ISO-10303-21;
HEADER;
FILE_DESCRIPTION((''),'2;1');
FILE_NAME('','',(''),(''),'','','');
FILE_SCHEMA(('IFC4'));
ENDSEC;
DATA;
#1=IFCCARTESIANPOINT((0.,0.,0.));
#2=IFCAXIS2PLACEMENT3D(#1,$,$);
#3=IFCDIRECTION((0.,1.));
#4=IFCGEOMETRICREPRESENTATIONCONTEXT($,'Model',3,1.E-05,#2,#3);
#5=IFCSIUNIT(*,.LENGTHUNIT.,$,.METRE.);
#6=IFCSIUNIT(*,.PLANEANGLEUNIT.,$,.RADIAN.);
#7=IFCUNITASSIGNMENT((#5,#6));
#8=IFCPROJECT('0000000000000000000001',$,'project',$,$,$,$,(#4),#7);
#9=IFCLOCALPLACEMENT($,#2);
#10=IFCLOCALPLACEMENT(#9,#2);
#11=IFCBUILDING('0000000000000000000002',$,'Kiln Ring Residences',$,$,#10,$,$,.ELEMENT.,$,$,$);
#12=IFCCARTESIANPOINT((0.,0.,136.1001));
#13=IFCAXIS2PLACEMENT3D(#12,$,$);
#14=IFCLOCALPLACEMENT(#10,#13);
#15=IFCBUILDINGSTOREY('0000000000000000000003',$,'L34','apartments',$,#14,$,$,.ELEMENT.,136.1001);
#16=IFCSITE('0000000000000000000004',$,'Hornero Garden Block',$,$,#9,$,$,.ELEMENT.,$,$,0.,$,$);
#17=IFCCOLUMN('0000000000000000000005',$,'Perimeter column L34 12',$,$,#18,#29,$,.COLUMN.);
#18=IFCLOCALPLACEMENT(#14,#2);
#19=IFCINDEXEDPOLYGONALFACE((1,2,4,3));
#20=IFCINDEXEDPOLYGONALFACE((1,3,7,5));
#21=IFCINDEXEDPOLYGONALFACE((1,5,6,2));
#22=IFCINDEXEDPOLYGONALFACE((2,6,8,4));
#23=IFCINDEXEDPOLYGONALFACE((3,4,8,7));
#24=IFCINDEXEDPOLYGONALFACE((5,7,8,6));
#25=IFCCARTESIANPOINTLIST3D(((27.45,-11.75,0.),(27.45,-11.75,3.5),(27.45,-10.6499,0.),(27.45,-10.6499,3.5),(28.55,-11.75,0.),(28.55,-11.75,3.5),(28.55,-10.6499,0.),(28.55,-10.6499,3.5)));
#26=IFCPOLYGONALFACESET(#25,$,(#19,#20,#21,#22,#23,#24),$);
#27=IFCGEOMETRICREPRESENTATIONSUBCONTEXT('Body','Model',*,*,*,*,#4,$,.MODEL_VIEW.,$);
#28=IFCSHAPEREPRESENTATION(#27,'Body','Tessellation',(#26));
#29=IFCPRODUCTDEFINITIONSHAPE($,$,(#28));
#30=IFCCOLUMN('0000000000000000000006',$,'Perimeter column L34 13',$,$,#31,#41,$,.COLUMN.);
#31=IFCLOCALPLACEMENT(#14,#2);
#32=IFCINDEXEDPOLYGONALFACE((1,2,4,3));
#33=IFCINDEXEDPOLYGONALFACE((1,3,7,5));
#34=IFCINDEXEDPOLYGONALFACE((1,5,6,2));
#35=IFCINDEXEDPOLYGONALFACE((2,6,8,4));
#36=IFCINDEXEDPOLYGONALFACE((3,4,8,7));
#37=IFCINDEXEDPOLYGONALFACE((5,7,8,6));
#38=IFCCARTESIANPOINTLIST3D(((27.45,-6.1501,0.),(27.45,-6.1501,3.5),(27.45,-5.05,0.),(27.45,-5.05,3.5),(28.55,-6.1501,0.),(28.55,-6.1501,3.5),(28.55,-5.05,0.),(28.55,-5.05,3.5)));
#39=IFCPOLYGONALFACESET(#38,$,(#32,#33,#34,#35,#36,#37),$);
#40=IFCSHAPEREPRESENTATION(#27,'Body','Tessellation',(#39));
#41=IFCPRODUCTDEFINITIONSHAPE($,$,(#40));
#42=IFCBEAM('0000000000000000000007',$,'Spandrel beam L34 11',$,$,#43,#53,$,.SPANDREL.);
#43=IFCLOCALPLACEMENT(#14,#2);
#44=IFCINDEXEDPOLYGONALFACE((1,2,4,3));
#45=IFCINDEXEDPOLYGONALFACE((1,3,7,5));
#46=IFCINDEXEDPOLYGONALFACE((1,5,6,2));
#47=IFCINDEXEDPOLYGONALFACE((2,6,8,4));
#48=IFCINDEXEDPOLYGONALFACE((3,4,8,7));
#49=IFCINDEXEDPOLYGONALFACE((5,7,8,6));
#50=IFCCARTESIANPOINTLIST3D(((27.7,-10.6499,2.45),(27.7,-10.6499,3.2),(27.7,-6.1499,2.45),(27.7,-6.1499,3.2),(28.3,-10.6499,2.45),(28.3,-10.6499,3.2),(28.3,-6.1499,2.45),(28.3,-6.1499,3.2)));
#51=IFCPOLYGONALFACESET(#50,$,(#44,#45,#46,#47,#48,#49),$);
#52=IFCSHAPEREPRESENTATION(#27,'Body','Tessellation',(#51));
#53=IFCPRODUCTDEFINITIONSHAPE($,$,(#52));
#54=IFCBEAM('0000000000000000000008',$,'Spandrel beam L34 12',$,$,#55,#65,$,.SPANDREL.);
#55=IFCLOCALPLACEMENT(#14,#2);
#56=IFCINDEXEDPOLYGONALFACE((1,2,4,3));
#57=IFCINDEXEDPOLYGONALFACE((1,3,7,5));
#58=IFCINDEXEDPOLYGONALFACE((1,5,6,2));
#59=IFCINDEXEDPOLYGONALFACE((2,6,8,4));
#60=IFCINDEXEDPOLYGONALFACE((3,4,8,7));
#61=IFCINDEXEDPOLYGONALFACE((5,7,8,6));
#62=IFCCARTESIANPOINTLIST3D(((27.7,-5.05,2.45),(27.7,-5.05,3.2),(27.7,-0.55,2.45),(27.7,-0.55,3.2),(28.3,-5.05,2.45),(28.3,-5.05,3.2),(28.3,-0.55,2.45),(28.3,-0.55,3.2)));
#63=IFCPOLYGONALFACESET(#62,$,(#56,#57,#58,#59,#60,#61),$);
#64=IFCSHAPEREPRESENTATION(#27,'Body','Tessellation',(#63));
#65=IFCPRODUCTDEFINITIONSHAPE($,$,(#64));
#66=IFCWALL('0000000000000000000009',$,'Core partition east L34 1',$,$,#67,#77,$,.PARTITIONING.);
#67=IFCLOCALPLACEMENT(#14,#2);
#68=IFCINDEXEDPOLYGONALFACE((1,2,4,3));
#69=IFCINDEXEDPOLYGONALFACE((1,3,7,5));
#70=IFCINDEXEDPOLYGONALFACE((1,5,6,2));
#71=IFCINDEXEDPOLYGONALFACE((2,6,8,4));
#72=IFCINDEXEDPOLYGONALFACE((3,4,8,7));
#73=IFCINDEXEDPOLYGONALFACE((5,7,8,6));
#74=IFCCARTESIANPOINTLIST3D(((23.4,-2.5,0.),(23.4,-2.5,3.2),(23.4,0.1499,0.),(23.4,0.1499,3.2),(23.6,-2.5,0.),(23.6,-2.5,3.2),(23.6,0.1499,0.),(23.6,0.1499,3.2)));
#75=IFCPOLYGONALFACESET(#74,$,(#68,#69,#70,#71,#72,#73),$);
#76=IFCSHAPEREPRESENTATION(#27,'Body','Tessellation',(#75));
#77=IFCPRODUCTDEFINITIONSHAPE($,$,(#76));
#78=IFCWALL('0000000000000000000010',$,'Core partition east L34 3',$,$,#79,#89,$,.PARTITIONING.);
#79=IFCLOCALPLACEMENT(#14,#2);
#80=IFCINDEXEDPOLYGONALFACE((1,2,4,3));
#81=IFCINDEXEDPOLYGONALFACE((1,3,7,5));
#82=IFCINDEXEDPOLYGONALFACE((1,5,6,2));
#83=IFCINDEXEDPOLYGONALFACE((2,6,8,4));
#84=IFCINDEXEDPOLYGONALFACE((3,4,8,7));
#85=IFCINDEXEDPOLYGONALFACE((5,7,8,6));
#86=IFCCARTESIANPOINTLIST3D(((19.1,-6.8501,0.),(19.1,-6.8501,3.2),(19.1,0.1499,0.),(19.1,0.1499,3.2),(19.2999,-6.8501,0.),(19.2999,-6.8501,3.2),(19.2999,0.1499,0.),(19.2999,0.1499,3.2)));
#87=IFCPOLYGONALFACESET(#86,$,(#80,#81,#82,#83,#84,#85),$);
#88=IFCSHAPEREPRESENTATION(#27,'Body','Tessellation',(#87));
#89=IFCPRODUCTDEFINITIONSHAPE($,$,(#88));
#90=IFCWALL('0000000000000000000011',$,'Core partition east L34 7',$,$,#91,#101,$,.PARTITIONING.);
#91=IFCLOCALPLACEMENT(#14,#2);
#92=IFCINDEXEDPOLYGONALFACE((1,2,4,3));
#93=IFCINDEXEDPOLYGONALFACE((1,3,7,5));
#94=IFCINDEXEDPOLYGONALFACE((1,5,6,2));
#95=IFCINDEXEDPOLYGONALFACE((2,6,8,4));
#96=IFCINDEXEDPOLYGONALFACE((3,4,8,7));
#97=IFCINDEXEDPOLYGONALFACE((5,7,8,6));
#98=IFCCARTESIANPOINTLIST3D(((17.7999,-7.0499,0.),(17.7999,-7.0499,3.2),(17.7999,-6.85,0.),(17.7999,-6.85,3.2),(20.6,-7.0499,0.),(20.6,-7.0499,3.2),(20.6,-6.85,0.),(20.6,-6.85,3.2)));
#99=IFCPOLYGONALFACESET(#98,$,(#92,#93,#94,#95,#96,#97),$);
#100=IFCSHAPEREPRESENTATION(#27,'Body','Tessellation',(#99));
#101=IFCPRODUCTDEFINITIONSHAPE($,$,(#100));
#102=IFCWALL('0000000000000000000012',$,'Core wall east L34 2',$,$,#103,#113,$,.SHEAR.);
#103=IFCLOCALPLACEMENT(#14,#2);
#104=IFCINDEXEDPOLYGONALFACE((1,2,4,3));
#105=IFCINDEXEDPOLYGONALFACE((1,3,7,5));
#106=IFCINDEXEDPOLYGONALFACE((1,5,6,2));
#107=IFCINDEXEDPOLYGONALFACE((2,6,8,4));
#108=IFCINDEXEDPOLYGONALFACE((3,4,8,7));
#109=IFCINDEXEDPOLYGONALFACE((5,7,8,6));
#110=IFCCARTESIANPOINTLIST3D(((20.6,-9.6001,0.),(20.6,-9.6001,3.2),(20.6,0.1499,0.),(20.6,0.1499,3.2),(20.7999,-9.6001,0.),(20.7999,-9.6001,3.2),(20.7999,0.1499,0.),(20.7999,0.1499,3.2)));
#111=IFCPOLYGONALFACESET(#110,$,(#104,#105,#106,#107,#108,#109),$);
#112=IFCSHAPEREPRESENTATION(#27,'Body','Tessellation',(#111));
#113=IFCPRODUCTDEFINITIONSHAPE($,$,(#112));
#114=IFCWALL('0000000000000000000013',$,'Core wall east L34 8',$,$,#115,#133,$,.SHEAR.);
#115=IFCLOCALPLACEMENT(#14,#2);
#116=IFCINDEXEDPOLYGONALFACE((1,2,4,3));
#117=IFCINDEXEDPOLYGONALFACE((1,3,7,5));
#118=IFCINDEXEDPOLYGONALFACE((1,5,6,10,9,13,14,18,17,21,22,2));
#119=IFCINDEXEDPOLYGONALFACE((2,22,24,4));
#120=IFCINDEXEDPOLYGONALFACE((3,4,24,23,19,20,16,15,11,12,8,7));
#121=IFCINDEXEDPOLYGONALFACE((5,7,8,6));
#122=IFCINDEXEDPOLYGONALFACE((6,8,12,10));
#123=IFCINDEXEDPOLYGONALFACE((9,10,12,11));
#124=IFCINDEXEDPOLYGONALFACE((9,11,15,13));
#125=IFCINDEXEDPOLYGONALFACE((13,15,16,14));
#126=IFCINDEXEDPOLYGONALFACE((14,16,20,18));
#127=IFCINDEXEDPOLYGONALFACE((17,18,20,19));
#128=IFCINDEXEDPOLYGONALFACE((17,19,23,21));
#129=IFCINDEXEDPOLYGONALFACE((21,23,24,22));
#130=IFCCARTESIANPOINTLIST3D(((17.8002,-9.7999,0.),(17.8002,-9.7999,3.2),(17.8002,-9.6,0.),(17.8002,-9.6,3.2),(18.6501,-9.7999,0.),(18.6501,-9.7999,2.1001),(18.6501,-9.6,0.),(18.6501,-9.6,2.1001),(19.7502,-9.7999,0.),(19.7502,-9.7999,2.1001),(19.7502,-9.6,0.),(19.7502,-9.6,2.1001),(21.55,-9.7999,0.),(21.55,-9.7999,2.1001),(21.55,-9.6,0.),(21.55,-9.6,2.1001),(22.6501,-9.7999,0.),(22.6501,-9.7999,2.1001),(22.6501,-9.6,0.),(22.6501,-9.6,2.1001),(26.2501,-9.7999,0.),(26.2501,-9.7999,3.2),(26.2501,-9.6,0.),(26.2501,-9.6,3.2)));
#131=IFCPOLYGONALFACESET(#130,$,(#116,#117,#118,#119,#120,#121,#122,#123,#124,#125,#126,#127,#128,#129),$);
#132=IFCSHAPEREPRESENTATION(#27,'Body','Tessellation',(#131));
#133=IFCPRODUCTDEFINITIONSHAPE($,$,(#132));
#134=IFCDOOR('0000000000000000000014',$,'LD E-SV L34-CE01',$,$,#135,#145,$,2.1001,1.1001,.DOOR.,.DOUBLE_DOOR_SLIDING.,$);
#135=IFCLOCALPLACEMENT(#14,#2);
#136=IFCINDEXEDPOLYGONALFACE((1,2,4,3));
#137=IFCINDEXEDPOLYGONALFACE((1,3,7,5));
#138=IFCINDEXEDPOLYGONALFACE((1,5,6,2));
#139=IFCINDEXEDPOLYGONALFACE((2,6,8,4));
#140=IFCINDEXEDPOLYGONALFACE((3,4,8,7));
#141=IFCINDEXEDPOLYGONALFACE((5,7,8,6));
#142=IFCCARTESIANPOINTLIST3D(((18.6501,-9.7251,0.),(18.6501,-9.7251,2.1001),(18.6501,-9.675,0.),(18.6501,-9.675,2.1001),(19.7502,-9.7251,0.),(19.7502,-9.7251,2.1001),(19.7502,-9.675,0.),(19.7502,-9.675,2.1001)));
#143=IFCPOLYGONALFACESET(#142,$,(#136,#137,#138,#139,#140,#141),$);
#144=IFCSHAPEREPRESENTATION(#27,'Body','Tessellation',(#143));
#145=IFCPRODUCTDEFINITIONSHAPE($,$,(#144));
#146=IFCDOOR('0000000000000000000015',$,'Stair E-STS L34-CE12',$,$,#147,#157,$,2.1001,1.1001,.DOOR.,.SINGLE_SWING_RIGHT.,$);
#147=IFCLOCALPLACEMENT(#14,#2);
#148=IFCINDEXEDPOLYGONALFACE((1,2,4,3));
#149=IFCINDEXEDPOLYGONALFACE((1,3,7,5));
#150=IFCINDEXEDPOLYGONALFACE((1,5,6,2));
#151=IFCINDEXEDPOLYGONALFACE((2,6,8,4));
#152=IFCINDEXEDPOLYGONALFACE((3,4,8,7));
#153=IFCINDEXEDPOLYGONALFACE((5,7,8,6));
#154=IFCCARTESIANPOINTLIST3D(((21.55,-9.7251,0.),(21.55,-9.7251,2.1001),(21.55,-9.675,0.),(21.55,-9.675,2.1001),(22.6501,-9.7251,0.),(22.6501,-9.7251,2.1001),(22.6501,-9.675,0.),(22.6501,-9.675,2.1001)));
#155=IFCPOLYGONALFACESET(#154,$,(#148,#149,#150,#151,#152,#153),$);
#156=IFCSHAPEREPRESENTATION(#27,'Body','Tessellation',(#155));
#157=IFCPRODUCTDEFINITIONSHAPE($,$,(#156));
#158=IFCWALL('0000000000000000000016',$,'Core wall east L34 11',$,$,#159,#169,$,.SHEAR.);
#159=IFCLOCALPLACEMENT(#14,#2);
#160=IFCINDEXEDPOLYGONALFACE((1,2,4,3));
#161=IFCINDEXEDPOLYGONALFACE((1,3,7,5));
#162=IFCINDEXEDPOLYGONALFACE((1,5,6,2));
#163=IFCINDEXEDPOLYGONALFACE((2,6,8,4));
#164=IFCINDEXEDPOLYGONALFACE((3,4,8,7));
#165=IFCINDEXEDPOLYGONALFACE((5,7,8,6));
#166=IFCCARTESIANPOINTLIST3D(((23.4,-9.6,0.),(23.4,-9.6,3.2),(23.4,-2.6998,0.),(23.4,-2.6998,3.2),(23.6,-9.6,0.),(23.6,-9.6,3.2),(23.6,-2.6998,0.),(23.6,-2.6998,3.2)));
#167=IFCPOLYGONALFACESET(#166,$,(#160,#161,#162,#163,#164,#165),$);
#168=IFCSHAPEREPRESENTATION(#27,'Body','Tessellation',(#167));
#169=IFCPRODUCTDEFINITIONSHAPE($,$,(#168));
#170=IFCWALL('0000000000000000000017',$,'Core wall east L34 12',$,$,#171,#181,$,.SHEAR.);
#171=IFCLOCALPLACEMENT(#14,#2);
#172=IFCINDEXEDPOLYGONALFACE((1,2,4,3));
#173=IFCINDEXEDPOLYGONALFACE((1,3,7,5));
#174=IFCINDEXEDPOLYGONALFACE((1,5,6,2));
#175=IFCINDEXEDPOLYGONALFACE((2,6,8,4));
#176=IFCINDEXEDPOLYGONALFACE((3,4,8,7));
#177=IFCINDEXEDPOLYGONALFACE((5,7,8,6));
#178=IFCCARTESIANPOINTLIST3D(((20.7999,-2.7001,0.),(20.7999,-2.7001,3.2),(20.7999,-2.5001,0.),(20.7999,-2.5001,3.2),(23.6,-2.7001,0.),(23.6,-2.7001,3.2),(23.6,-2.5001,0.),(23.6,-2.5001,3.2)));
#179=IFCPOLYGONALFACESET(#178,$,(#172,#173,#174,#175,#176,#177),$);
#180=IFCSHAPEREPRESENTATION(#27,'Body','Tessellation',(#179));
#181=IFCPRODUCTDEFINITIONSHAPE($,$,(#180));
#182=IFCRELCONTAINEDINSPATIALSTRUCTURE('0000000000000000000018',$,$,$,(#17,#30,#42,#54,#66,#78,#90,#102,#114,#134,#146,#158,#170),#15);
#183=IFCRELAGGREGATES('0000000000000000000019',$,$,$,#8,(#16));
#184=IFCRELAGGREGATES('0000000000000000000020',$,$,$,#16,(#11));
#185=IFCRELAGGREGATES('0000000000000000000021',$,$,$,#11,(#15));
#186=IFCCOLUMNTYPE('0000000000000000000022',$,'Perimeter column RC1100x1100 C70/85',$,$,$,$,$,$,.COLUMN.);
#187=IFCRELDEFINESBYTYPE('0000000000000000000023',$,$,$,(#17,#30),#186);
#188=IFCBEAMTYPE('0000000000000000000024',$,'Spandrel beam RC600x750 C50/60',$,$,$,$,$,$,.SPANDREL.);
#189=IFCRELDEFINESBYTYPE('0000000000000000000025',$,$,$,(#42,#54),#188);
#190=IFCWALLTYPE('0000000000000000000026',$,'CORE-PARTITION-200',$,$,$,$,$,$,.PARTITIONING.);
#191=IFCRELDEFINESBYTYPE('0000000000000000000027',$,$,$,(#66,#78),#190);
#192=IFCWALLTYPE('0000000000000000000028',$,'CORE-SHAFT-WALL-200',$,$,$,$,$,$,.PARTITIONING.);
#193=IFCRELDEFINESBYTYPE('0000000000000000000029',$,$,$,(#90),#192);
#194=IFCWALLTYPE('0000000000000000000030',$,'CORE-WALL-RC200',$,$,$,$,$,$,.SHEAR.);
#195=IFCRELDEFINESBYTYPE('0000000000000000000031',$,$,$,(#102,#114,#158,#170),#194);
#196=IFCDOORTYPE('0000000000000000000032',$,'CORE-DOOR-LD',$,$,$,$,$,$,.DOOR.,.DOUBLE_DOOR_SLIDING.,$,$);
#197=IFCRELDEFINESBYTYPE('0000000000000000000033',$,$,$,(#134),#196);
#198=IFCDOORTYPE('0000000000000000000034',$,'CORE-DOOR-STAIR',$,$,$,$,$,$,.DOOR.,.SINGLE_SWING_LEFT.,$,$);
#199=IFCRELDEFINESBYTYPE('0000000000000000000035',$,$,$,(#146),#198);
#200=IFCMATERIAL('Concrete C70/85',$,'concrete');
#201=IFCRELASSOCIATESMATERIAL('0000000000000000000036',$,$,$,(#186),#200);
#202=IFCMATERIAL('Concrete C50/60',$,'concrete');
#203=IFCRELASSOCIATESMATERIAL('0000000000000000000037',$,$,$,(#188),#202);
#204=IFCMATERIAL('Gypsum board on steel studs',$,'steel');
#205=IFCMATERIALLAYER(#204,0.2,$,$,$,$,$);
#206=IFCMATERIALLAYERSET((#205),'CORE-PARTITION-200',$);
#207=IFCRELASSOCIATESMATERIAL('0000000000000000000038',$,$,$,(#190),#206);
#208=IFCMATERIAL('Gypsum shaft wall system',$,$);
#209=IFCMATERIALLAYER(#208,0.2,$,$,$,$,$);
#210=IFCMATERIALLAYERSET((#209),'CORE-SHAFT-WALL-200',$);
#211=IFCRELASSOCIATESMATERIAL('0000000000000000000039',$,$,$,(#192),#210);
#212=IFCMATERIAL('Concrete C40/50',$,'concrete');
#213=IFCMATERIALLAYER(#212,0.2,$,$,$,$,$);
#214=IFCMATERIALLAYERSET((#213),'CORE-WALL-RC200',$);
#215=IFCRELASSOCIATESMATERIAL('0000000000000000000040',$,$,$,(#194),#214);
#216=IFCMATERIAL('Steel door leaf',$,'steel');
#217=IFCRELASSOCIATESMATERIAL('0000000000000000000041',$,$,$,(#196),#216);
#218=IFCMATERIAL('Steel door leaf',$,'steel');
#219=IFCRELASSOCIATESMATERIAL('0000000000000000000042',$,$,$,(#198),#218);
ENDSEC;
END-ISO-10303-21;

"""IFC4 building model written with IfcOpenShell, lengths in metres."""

from ifc_helpers import new_model, si_unit, direction, frame, frame_2d, origin, origin_2d, place, context, subcontext, project, spatial, rectangle, extrude, material, layer, layer_set, material_profile, profile_set, type_object, element, fill, save


model = new_model("IFC4")

# Units and contexts
model_context = context("Model", 3, precision=1e-05, world=origin(), true_north=direction((0.0, 1.0)))
body_context = subcontext(model_context, "Body", "Model", "MODEL_VIEW")
ifc_project = project(units=[si_unit("LENGTHUNIT", "METRE"), si_unit("PLANEANGLEUNIT", "RADIAN")], contexts=[model_context])

# Site, building, storey
site_placement = place(None, origin())
site = spatial("IfcSite", under=ifc_project, at=site_placement, Name="Hornero Garden Block", CompositionType="ELEMENT", RefElevation=0.0)
building_placement = place(site_placement, origin())
building = spatial("IfcBuilding", under=site, at=building_placement, Name="Kiln Ring Residences", CompositionType="ELEMENT")
storey_placement = place(building_placement, frame((0.0, 0.0, 136.1001)))
storey = spatial("IfcBuildingStorey", under=building, at=storey_placement, Name="L34", Description="apartments", CompositionType="ELEMENT", Elevation=136.1001)

# Columns
ifc_material_1 = material(Name="Concrete C70/85", Category="concrete")
ifc_material_profile_1 = material_profile(ifc_material_1, rectangle(XDim=1.1001, YDim=1.1001, at=origin_2d()), Name="RC1100x1100")
ifc_profile_set_1 = profile_set([ifc_material_profile_1], Name="Concrete C70/85")
column_type = type_object("IfcColumnType", Name="Perimeter column RC1100x1100 C70/85", PredefinedType="COLUMN", material=ifc_profile_set_1)
for number, where, z_axis, x_axis, name in (
    (1, (28.0, -11.2, 0.0), (0.0, 0.0, 1.0), (1.0, 0.0, 0.0), "Perimeter column L34 12"),
    (2, (28.0, -5.6001, 0.0), (0.0, 0.0, 1.0), (1.0, 0.0, 0.0), "Perimeter column L34 13"),
):
    element("IfcColumn", number, at=place(storey_placement, frame(where, z_axis=z_axis, x_axis=x_axis)), inside=storey, type_object=column_type, Name=name, PredefinedType="COLUMN", context=body_context, shape_type="SweptSolid", body=[
        extrude(rectangle(XDim=1.1001, YDim=1.1001, at=origin_2d()), origin(), (0.0, 0.0, 1.0), 3.5),
    ])

# Beams
ifc_material_2 = material(Name="Concrete C50/60", Category="concrete")
ifc_material_profile_2 = material_profile(ifc_material_2, rectangle(XDim=0.6001, YDim=0.75, at=origin_2d()), Name="RC600x750")
ifc_profile_set_2 = profile_set([ifc_material_profile_2], Name="Concrete C50/60")
beam_type = type_object("IfcBeamType", Name="Spandrel beam RC600x750 C50/60", PredefinedType="SPANDREL", material=ifc_profile_set_2)
for number, where, z_axis, x_axis, name in (
    (3, (28.0, -10.6499, 2.825), (0.0, 1.0, 0.0), (-1.0, 0.0, 0.0), "Spandrel beam L34 11"),
    (4, (28.0, -5.05, 2.825), (0.0, 1.0, 0.0), (-1.0, 0.0, 0.0), "Spandrel beam L34 12"),
):
    element("IfcBeam", number, at=place(storey_placement, frame(where, z_axis=z_axis, x_axis=x_axis)), inside=storey, type_object=beam_type, Name=name, PredefinedType="SPANDREL", context=body_context, shape_type="SweptSolid", body=[
        extrude(rectangle(XDim=0.6001, YDim=0.75, at=origin_2d()), origin(), (0.0, 0.0, 1.0), 4.5),
    ])

# Walls
ifc_material_3 = material(Name="Gypsum board on steel studs", Category="steel")
ifc_layer_1 = layer(ifc_material_3, 0.2)
ifc_layer_set_1 = layer_set([ifc_layer_1], Name="CORE-PARTITION-200")
wall_type_1 = type_object("IfcWallType", Name="CORE-PARTITION-200", PredefinedType="PARTITIONING", material=ifc_layer_set_1)
wall_1_placement = place(storey_placement, frame((23.5, -2.5, 0.0), z_axis=(0.0, 0.0, 1.0), x_axis=(0.0, 1.0, 0.0)))
element("IfcWall", 5, at=wall_1_placement, inside=storey, type_object=wall_type_1, Name="Core partition east L34 1", PredefinedType="PARTITIONING", context=body_context, shape_type="SweptSolid", body=[
    extrude(rectangle(XDim=2.6499, YDim=0.2, at=frame_2d((1.325, 0.0))), origin(), (0.0, 0.0, 1.0), 3.2),
])
wall_2_placement = place(storey_placement, frame((19.2, -6.8501, 0.0), z_axis=(0.0, 0.0, 1.0), x_axis=(0.0, 1.0, 0.0)))
element("IfcWall", 6, at=wall_2_placement, inside=storey, type_object=wall_type_1, Name="Core partition east L34 3", PredefinedType="PARTITIONING", context=body_context, shape_type="SweptSolid", body=[
    extrude(rectangle(XDim=7.0, YDim=0.2, at=frame_2d((3.5, 0.0))), origin(), (0.0, 0.0, 1.0), 3.2),
])
ifc_material_4 = material(Name="Gypsum shaft wall system")
ifc_layer_2 = layer(ifc_material_4, 0.2)
ifc_layer_set_2 = layer_set([ifc_layer_2], Name="CORE-SHAFT-WALL-200")
wall_type_2 = type_object("IfcWallType", Name="CORE-SHAFT-WALL-200", PredefinedType="PARTITIONING", material=ifc_layer_set_2)
wall_3_placement = place(storey_placement, frame((17.8, -6.95, 0.0), z_axis=(0.0, 0.0, 1.0), x_axis=(1.0, 0.0, 0.0)))
element("IfcWall", 7, at=wall_3_placement, inside=storey, type_object=wall_type_2, Name="Core partition east L34 7", PredefinedType="PARTITIONING", context=body_context, shape_type="SweptSolid", body=[
    extrude(rectangle(XDim=2.8, YDim=0.2, at=frame_2d((1.3999, 0.0))), origin(), (0.0, 0.0, 1.0), 3.2),
])
ifc_material_5 = material(Name="Concrete C40/50", Category="concrete")
ifc_layer_3 = layer(ifc_material_5, 0.2)
ifc_layer_set_3 = layer_set([ifc_layer_3], Name="CORE-WALL-RC200")
wall_type_3 = type_object("IfcWallType", Name="CORE-WALL-RC200", PredefinedType="SHEAR", material=ifc_layer_set_3)
wall_4_placement = place(storey_placement, frame((20.7, -9.6001, 0.0), z_axis=(0.0, 0.0, 1.0), x_axis=(0.0, 1.0, 0.0)))
element("IfcWall", 8, at=wall_4_placement, inside=storey, type_object=wall_type_3, Name="Core wall east L34 2", PredefinedType="SHEAR", context=body_context, shape_type="SweptSolid", body=[
    extrude(rectangle(XDim=9.75, YDim=0.2, at=frame_2d((4.875, 0.0))), origin(), (0.0, 0.0, 1.0), 3.2),
])

# Wall, openings, doors
wall_5_placement = place(storey_placement, frame((17.8, -9.7, 0.0), z_axis=(0.0, 0.0, 1.0), x_axis=(1.0, 0.0, 0.0)))
wall_5 = element("IfcWall", 9, at=wall_5_placement, inside=storey, type_object=wall_type_3, Name="Core wall east L34 8", PredefinedType="SHEAR", context=body_context, shape_type="SweptSolid", body=[
    extrude(rectangle(XDim=8.45, YDim=0.2, at=frame_2d((4.2251, 0.0))), origin(), (0.0, 0.0, 1.0), 3.2),
])
opening_1_placement = place(wall_5_placement, frame((0.8501, 0.0, 0.0)))
opening_1 = element("IfcOpeningElement", 10, at=opening_1_placement, cuts=wall_5, PredefinedType="OPENING", context=body_context, shape_type="SweptSolid", body=[
    extrude(rectangle(XDim=1.1001, YDim=2.1001, at=frame_2d((0.55, 1.05))), frame((0.0, 0.1099, 0.0), z_axis=(0.0, -1.0, 0.0), x_axis=(1.0, 0.0, 0.0)), (0.0, 0.0, 1.0), 0.22),
])
opening_2_placement = place(wall_5_placement, frame((3.75, 0.0, 0.0)))
opening_2 = element("IfcOpeningElement", 11, at=opening_2_placement, cuts=wall_5, PredefinedType="OPENING", context=body_context, shape_type="SweptSolid", body=[
    extrude(rectangle(XDim=1.1001, YDim=2.1001, at=frame_2d((0.55, 1.05))), frame((0.0, 0.1099, 0.0), z_axis=(0.0, -1.0, 0.0), x_axis=(1.0, 0.0, 0.0)), (0.0, 0.0, 1.0), 0.22),
])
ifc_material_6 = material(Name="Steel door leaf", Category="steel")
door_type_1 = type_object("IfcDoorType", Name="CORE-DOOR-LD", OperationType="DOUBLE_DOOR_SLIDING", PredefinedType="DOOR", material=ifc_material_6)
door_1_placement = place(opening_1_placement, origin())
door_1 = element("IfcDoor", 12, at=door_1_placement, inside=storey, type_object=door_type_1, Name="LD E-SV L34-CE01", OperationType="DOUBLE_DOOR_SLIDING", OverallHeight=2.1001, OverallWidth=1.1001, PredefinedType="DOOR", context=body_context, shape_type="SweptSolid", body=[
    extrude(rectangle(XDim=1.1001, YDim=2.1001, at=frame_2d((0.55, 1.05))), frame((0.0, 0.0249, 0.0), z_axis=(0.0, -1.0, 0.0), x_axis=(1.0, 0.0, 0.0)), (0.0, 0.0, 1.0), 0.05),
])
fill(opening_1, door_1)
ifc_material_7 = material(Name="Steel door leaf", Category="steel")
door_type_2 = type_object("IfcDoorType", Name="CORE-DOOR-STAIR", OperationType="SINGLE_SWING_LEFT", PredefinedType="DOOR", material=ifc_material_7)
door_2_placement = place(opening_2_placement, origin())
door_2 = element("IfcDoor", 13, at=door_2_placement, inside=storey, type_object=door_type_2, Name="Stair E-STS L34-CE12", OperationType="SINGLE_SWING_RIGHT", OverallHeight=2.1001, OverallWidth=1.1001, PredefinedType="DOOR", context=body_context, shape_type="SweptSolid", body=[
    extrude(rectangle(XDim=1.1001, YDim=2.1001, at=frame_2d((0.55, 1.05))), frame((0.0, 0.0249, 0.0), z_axis=(0.0, -1.0, 0.0), x_axis=(1.0, 0.0, 0.0)), (0.0, 0.0, 1.0), 0.05),
])
fill(opening_2, door_2)

# Walls
wall_6_placement = place(storey_placement, frame((23.5, -9.6001, 0.0), z_axis=(0.0, 0.0, 1.0), x_axis=(0.0, 1.0, 0.0)))
element("IfcWall", 14, at=wall_6_placement, inside=storey, type_object=wall_type_3, Name="Core wall east L34 11", PredefinedType="SHEAR", context=body_context, shape_type="SweptSolid", body=[
    extrude(rectangle(XDim=6.9001, YDim=0.2, at=frame_2d((3.4502, 0.0))), origin(), (0.0, 0.0, 1.0), 3.2),
])
wall_7_placement = place(storey_placement, frame((20.8, -2.6001, 0.0), z_axis=(0.0, 0.0, 1.0), x_axis=(1.0, 0.0, 0.0)))
element("IfcWall", 15, at=wall_7_placement, inside=storey, type_object=wall_type_3, Name="Core wall east L34 12", PredefinedType="SHEAR", context=body_context, shape_type="SweptSolid", body=[
    extrude(rectangle(XDim=2.8, YDim=0.2, at=frame_2d((1.3999, 0.0))), origin(), (0.0, 0.0, 1.0), 3.2),
])

save(model, "model.ifc")
